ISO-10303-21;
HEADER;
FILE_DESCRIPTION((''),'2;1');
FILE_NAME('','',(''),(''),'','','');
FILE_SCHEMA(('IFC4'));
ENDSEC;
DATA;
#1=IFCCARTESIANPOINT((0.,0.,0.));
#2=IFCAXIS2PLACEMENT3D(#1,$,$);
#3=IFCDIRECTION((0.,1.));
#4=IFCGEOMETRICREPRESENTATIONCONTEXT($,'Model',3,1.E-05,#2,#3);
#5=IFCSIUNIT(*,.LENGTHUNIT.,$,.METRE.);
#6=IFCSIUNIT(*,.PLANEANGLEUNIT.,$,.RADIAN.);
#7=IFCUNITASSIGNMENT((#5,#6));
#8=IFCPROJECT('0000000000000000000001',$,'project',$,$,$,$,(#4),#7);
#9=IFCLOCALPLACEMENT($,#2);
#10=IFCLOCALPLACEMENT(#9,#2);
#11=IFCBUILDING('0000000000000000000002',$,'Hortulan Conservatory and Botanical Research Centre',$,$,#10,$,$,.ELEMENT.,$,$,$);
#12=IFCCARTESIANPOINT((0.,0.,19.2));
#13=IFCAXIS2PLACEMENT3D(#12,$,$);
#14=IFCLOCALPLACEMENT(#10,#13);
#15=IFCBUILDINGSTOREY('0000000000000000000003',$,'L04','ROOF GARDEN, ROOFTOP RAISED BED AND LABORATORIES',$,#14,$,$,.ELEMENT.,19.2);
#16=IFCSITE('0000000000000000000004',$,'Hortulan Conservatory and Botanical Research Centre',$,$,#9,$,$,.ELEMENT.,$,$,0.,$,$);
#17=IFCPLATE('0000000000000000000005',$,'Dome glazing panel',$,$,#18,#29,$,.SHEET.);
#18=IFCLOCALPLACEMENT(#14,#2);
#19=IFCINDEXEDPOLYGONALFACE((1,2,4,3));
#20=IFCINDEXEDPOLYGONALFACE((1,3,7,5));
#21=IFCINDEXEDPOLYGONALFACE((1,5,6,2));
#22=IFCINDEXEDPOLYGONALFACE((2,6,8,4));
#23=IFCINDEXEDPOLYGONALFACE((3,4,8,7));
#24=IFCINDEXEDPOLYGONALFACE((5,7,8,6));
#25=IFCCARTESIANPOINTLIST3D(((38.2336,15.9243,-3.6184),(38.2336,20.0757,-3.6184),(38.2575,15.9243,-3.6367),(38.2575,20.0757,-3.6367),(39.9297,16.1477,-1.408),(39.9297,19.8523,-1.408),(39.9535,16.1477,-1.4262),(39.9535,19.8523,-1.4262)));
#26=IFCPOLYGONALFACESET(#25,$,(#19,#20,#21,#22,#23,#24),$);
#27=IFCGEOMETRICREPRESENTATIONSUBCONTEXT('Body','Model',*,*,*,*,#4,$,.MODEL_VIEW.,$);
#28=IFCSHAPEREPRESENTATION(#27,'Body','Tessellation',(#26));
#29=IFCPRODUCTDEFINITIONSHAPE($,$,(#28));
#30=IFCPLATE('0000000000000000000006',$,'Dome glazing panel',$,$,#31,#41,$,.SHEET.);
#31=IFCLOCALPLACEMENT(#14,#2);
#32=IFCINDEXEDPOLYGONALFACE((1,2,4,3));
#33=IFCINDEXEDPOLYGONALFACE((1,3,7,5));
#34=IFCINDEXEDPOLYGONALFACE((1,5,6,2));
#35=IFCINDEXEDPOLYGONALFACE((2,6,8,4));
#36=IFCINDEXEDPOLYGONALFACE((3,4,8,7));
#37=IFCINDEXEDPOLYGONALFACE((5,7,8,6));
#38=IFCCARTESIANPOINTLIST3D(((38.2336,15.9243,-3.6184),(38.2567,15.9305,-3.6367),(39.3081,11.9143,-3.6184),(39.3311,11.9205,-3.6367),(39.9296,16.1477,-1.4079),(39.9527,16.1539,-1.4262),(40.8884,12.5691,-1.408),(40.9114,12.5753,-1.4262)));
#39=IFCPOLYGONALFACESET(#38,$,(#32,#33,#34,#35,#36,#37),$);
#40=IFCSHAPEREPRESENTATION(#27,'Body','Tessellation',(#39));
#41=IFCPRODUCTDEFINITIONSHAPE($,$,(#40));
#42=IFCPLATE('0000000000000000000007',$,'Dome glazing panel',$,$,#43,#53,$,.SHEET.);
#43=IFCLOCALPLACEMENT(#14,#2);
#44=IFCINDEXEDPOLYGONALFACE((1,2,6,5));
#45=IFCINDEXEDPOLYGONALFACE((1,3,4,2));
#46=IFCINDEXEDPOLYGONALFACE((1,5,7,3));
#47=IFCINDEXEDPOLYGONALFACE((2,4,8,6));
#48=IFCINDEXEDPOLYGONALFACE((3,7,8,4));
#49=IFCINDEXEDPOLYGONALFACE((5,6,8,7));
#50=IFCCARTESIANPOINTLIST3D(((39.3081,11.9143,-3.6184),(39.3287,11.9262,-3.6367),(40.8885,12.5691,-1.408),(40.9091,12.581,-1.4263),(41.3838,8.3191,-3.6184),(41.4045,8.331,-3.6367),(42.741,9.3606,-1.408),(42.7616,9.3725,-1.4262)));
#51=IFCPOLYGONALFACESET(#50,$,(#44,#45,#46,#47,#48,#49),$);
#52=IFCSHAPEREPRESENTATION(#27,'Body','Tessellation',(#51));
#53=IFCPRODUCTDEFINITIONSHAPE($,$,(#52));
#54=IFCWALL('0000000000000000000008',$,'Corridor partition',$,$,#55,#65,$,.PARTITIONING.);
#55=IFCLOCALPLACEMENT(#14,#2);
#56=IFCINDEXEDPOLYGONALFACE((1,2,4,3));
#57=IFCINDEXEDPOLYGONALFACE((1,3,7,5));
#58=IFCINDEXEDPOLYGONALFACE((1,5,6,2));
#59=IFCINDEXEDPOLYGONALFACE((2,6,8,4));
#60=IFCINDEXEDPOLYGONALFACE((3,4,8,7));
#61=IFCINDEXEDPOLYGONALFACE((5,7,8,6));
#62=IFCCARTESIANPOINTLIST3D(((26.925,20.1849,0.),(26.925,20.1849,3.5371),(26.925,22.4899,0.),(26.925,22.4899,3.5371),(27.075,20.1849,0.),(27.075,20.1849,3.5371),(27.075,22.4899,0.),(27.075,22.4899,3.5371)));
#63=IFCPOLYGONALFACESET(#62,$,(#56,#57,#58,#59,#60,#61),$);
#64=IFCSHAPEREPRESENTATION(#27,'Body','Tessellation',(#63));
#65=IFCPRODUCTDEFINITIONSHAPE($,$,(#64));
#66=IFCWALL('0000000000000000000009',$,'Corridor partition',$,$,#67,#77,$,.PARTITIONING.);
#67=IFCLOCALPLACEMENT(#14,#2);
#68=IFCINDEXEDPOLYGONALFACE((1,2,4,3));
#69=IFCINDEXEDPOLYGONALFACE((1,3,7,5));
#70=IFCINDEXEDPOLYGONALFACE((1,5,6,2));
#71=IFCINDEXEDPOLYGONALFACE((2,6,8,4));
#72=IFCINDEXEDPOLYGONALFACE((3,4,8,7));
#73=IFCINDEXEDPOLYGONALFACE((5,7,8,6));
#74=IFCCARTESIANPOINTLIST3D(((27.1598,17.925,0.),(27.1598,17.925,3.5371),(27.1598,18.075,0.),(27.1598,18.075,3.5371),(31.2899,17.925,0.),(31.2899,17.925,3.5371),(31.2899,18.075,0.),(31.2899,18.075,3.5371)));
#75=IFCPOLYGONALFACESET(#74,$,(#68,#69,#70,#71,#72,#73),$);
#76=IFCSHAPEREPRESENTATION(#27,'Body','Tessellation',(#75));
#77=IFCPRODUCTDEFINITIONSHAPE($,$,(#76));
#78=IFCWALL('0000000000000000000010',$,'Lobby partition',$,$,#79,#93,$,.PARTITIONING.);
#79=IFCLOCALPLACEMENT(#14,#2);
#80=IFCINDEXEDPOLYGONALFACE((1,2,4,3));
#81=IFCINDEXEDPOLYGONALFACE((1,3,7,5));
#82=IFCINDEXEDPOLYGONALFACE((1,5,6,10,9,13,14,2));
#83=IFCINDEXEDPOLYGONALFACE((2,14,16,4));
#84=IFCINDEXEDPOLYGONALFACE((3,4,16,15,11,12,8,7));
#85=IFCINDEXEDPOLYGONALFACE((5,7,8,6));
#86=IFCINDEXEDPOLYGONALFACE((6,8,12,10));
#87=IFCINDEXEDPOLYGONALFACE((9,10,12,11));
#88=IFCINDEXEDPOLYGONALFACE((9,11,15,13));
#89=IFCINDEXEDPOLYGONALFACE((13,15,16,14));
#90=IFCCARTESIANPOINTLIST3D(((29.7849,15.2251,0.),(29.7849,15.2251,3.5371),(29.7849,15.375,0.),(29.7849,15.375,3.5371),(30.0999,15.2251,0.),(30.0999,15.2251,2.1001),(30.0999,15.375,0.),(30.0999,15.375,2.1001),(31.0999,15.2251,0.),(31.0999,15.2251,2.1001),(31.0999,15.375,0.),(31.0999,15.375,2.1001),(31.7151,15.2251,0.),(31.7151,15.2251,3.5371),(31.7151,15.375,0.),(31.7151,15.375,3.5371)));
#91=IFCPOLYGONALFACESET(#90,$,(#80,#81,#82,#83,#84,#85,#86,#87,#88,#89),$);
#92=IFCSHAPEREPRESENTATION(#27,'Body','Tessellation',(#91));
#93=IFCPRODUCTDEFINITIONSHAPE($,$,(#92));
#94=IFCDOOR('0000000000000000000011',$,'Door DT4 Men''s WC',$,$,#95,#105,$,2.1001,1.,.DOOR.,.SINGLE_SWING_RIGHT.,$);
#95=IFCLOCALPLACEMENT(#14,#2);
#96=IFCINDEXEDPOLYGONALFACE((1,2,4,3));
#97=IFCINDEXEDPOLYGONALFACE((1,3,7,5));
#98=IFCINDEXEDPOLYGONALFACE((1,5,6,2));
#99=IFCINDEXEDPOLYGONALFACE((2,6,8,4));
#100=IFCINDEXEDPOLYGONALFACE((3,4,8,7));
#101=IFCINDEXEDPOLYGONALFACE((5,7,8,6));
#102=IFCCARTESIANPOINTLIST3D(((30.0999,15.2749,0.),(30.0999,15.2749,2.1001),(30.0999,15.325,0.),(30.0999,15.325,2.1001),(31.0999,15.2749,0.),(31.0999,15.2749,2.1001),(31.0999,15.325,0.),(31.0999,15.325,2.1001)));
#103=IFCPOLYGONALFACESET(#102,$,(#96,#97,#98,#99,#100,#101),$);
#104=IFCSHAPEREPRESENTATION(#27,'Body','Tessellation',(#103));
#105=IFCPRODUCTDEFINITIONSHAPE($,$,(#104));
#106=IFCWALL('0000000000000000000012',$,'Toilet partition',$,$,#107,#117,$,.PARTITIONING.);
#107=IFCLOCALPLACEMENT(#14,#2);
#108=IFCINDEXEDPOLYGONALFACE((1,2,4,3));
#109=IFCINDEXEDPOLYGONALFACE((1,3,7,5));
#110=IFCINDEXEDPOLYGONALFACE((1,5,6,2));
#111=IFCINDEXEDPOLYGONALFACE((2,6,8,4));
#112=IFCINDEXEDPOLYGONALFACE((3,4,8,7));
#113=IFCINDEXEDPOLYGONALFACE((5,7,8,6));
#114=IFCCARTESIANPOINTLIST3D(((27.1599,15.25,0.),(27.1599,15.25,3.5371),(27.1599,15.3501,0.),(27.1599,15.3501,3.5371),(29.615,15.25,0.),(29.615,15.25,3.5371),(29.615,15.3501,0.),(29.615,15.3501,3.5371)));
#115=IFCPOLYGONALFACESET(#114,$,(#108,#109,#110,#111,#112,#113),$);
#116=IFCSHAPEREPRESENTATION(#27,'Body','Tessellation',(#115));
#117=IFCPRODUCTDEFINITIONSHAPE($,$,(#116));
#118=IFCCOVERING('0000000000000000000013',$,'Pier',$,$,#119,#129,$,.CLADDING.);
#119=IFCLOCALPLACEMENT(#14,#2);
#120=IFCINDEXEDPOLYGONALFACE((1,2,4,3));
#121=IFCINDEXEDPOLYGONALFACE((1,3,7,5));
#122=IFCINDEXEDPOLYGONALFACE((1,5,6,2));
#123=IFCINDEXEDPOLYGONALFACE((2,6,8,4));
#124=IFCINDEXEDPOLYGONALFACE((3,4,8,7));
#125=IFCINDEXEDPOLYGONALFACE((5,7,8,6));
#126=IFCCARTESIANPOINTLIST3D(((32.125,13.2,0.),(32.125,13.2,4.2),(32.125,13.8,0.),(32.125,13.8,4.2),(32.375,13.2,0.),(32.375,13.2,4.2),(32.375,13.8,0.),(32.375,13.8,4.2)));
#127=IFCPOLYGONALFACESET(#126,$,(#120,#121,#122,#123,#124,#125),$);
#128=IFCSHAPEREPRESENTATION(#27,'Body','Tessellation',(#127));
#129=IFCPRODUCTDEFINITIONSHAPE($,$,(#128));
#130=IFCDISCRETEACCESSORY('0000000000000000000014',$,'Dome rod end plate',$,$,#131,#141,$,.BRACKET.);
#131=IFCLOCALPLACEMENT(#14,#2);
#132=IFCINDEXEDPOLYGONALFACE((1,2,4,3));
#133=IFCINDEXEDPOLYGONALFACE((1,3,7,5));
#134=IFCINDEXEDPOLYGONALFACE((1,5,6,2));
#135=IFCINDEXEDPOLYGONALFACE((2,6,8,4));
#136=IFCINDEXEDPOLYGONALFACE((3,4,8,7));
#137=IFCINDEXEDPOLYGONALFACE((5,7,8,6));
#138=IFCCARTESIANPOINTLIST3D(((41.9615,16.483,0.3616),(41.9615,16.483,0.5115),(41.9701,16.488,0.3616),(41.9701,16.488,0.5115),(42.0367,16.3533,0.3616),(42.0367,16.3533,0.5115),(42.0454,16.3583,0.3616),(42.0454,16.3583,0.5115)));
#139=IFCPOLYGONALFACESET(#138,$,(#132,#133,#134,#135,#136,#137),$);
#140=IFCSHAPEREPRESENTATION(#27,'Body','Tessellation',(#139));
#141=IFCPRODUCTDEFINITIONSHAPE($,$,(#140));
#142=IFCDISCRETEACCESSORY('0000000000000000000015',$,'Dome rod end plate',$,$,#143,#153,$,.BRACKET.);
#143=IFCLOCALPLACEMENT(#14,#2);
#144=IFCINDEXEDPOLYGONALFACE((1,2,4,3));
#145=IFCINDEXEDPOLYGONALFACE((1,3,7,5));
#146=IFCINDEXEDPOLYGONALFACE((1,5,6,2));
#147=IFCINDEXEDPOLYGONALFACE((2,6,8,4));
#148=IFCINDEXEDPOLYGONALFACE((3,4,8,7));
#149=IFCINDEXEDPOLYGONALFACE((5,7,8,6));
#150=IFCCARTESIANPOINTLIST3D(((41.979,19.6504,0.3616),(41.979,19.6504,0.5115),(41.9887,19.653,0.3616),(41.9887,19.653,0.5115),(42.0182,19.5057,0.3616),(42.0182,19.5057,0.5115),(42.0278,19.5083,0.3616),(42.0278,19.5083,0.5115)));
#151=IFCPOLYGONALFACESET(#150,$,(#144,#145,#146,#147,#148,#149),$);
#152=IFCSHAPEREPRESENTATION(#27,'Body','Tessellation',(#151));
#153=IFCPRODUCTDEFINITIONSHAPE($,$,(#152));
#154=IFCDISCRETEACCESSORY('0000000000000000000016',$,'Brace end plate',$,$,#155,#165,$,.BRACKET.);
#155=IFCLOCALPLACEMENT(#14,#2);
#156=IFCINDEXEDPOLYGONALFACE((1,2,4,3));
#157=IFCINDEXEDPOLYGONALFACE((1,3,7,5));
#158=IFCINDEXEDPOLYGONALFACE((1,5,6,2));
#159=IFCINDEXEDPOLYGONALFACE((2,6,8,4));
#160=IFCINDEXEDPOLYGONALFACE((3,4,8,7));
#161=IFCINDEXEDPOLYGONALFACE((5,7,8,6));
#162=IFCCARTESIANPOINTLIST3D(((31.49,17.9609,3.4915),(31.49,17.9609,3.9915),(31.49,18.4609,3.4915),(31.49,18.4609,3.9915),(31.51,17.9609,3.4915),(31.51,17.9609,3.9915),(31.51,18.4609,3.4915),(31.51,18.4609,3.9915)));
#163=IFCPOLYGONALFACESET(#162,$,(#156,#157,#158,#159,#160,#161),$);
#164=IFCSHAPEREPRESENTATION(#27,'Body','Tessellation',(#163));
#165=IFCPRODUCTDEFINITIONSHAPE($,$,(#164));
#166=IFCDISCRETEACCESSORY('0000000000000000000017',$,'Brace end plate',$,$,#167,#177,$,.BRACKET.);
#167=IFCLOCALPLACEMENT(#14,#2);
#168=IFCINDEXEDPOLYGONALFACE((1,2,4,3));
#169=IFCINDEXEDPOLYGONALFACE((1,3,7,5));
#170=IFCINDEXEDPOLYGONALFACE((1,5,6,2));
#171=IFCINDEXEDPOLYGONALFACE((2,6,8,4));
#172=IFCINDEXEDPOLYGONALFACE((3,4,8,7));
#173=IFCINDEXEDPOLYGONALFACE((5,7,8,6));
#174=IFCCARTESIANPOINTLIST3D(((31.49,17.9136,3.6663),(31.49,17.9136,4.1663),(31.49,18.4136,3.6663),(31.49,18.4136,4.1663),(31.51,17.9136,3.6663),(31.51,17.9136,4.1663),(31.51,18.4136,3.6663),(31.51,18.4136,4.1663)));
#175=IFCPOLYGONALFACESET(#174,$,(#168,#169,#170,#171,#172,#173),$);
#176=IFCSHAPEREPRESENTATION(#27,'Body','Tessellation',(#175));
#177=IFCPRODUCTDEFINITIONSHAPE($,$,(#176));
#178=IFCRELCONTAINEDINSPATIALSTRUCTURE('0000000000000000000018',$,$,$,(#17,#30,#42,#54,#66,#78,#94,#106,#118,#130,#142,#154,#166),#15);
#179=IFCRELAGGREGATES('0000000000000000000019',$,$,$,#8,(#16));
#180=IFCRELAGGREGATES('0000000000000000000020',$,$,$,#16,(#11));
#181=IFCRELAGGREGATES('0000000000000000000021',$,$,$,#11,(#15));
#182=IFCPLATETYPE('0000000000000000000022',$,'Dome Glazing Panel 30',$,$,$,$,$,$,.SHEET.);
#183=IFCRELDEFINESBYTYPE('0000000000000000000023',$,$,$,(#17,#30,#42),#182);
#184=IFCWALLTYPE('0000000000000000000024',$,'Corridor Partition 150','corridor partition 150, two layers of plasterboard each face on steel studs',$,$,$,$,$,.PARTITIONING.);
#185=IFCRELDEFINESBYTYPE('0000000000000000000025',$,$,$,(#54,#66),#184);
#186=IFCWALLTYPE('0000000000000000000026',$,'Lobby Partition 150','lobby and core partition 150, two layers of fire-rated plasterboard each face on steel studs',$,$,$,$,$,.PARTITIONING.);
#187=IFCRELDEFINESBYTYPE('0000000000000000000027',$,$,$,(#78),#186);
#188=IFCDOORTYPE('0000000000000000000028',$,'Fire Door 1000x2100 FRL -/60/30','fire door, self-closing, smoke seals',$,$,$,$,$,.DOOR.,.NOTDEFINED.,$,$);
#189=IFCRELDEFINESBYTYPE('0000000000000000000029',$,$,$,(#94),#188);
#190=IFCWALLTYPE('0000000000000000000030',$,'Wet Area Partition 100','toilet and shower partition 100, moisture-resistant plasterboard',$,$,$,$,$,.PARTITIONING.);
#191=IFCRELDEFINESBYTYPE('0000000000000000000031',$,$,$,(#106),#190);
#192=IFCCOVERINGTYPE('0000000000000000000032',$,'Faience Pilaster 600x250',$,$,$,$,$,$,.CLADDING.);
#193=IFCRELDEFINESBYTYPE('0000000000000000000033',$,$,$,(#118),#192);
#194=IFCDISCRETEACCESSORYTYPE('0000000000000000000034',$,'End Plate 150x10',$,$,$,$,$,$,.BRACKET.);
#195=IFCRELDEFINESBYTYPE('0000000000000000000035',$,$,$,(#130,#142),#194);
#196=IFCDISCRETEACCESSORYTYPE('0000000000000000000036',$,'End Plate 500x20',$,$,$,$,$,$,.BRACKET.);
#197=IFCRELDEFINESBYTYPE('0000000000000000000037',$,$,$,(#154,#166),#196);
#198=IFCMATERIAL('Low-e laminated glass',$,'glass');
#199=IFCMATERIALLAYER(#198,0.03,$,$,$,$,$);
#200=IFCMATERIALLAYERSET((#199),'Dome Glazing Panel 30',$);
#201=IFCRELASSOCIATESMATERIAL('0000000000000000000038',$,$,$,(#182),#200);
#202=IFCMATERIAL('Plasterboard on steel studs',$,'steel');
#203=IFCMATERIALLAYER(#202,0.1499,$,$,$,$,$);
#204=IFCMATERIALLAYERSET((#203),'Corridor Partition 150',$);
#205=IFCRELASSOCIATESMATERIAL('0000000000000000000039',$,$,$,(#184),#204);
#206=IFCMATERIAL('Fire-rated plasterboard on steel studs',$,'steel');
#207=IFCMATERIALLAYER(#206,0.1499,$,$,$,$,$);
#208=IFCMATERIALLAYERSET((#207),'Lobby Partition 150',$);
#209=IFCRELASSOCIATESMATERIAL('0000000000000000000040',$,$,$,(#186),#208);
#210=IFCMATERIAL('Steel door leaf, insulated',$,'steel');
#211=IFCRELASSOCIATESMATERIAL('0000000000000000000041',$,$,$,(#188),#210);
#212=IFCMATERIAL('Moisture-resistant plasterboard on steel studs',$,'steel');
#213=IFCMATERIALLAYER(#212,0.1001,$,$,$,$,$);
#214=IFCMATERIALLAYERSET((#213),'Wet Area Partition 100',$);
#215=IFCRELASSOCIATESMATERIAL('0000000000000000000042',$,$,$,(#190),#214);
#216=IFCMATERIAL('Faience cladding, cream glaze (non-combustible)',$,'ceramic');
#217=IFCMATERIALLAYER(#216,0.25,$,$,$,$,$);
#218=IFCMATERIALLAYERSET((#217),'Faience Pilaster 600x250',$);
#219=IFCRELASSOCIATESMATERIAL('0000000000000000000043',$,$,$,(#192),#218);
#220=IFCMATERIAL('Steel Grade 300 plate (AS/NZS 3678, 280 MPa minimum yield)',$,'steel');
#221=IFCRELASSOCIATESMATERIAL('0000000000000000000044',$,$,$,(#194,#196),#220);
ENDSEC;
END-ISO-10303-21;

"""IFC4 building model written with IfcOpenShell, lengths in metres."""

from ifc_helpers import new_model, si_unit, direction, frame, frame_2d, origin, origin_2d, place, context, subcontext, project, spatial, polyline, rectangle, outline, extrude, material, layer, layer_set, type_object, element, fill, save


model = new_model("IFC4")

# Units and contexts
model_context = context("Model", 3, precision=1e-05, world=origin(), true_north=direction((0.0, 1.0)))
body_context = subcontext(model_context, "Body", "Model", "MODEL_VIEW")
ifc_project = project(units=[si_unit("LENGTHUNIT", "METRE"), si_unit("PLANEANGLEUNIT", "RADIAN")], contexts=[model_context])

# Site, building, storey
site_placement = place(None, origin())
site = spatial("IfcSite", under=ifc_project, at=site_placement, Name="Hortulan Conservatory and Botanical Research Centre", CompositionType="ELEMENT", RefElevation=0.0)
building_placement = place(site_placement, origin())
building = spatial("IfcBuilding", under=site, at=building_placement, Name="Hortulan Conservatory and Botanical Research Centre", CompositionType="ELEMENT")
storey_placement = place(building_placement, frame((0.0, 0.0, 19.2)))
storey = spatial("IfcBuildingStorey", under=building, at=storey_placement, Name="L04", Description="ROOF GARDEN, ROOFTOP RAISED BED AND LABORATORIES", CompositionType="ELEMENT", Elevation=19.2)

# Plates
ifc_material_1 = material(Name="Low-e laminated glass", Category="glass")
ifc_layer_1 = layer(ifc_material_1, 0.03)
ifc_layer_set_1 = layer_set([ifc_layer_1], Name="Dome Glazing Panel 30")
plate_type = type_object("IfcPlateType", Name="Dome Glazing Panel 30", PredefinedType="SHEET", material=ifc_layer_set_1)
plate_1_placement = place(storey_placement, frame((38.2336, 20.0757, -3.6184), z_axis=(-0.793369, 0.0, 0.608741), x_axis=(0.0, -1.0, 0.0)))
element("IfcPlate", 1, at=plate_1_placement, inside=storey, type_object=plate_type, Name="Dome glazing panel", PredefinedType="SHEET", context=body_context, shape_type="SweptSolid", body=[
    extrude(outline(polyline([(0.0, 0.0), (4.1514, 0.0), (3.928, 2.7862), (0.2234, 2.7862), (0.0, 0.0)])), origin(), (0.0, 0.0, -1.0), 0.03),
])
plate_2_placement = place(storey_placement, frame((38.2336, 15.9243, -3.6184), z_axis=(-0.766346, -0.205325, 0.608732), x_axis=(0.258806, -0.965929, 0.000008)))
element("IfcPlate", 2, at=plate_2_placement, inside=storey, type_object=plate_type, Name="Dome glazing panel", PredefinedType="SHEET", context=body_context, shape_type="SweptSolid", body=[
    extrude(outline(polyline([(0.0, 0.0), (4.1515, 0.0), (3.928, 2.7861), (0.2232, 2.7862), (0.0, 0.0)])), origin(), (0.0, 0.0, -1.0), 0.03),
])
plate_3_placement = place(storey_placement, frame((39.3081, 11.9143, -3.6184), z_axis=(-0.687073, -0.396692, 0.608741), x_axis=(0.500005, -0.866023, -0.000007)))
element("IfcPlate", 3, at=plate_3_placement, inside=storey, type_object=plate_type, Name="Dome glazing panel", PredefinedType="SHEET", context=body_context, shape_type="SweptSolid", body=[
    extrude(outline(polyline([(0.0, 0.0), (4.1514, 0.0), (3.928, 2.7862), (0.2231, 2.7861), (0.0, 0.0)])), origin(), (0.0, 0.0, -1.0), 0.03),
])

# Walls
ifc_material_2 = material(Name="Plasterboard on steel studs", Category="steel")
ifc_layer_2 = layer(ifc_material_2, 0.1499)
ifc_layer_set_2 = layer_set([ifc_layer_2], Name="Corridor Partition 150")
wall_type_1 = type_object("IfcWallType", Name="Corridor Partition 150", Description="corridor partition 150, two layers of plasterboard each face on steel studs", PredefinedType="PARTITIONING", material=ifc_layer_set_2)
wall_1_placement = place(storey_placement, frame((27.0, 20.1851, 0.0), z_axis=(0.0, 0.0, 1.0), x_axis=(0.0, 1.0, 0.0)))
element("IfcWall", 4, at=wall_1_placement, inside=storey, type_object=wall_type_1, Name="Corridor partition", PredefinedType="PARTITIONING", context=body_context, shape_type="SweptSolid", body=[
    extrude(rectangle(XDim=2.3049, YDim=0.1499, at=frame_2d((1.1523, 0.0))), origin(), (0.0, 0.0, 1.0), 3.5371),
])
wall_2_placement = place(storey_placement, frame((27.1599, 18.0, 0.0), z_axis=(0.0, 0.0, 1.0), x_axis=(1.0, 0.0, 0.0)))
element("IfcWall", 5, at=wall_2_placement, inside=storey, type_object=wall_type_1, Name="Corridor partition", PredefinedType="PARTITIONING", context=body_context, shape_type="SweptSolid", body=[
    extrude(rectangle(XDim=4.1301, YDim=0.1499, at=frame_2d((2.0649, 0.0))), origin(), (0.0, 0.0, 1.0), 3.5371),
])

# Wall, opening, door
ifc_material_3 = material(Name="Fire-rated plasterboard on steel studs", Category="steel")
ifc_layer_3 = layer(ifc_material_3, 0.1499)
ifc_layer_set_3 = layer_set([ifc_layer_3], Name="Lobby Partition 150")
wall_type_2 = type_object("IfcWallType", Name="Lobby Partition 150", Description="lobby and core partition 150, two layers of fire-rated plasterboard each face on steel studs", PredefinedType="PARTITIONING", material=ifc_layer_set_3)
wall_3_placement = place(storey_placement, frame((29.7849, 15.3, 0.0), z_axis=(0.0, 0.0, 1.0), x_axis=(1.0, 0.0, 0.0)))
wall_3 = element("IfcWall", 6, at=wall_3_placement, inside=storey, type_object=wall_type_2, Name="Lobby partition", PredefinedType="PARTITIONING", context=body_context, shape_type="SweptSolid", body=[
    extrude(rectangle(XDim=1.9302, YDim=0.1499, at=frame_2d((0.9651, 0.0))), origin(), (0.0, 0.0, 1.0), 3.5371),
])
opening_placement = place(wall_3_placement, frame((0.3149, 0.0, 0.0)))
opening = element("IfcOpeningElement", 7, at=opening_placement, cuts=wall_3, PredefinedType="OPENING", context=body_context, shape_type="SweptSolid", body=[
    extrude(rectangle(XDim=1.0, YDim=2.1001, at=frame_2d((0.5, 1.05))), frame((0.0, 0.085, 0.0), z_axis=(0.0, -1.0, 0.0), x_axis=(1.0, 0.0, 0.0)), (0.0, 0.0, 1.0), 0.1699),
])
ifc_material_4 = material(Name="Steel door leaf, insulated", Category="steel")
door_type = type_object("IfcDoorType", Name="Fire Door 1000x2100 FRL -/60/30", Description="fire door, self-closing, smoke seals", OperationType="NOTDEFINED", PredefinedType="DOOR", material=ifc_material_4)
door_placement = place(opening_placement, origin())
door = element("IfcDoor", 8, at=door_placement, inside=storey, type_object=door_type, Name="Door DT4 Men's WC", OperationType="SINGLE_SWING_RIGHT", OverallHeight=2.1001, OverallWidth=1.0, PredefinedType="DOOR", context=body_context, shape_type="SweptSolid", body=[
    extrude(rectangle(XDim=1.0, YDim=2.1001, at=frame_2d((0.5, 1.05))), frame((0.0, 0.0249, 0.0), z_axis=(0.0, -1.0, 0.0), x_axis=(1.0, 0.0, 0.0)), (0.0, 0.0, 1.0), 0.05),
])
fill(opening, door)

# Wall
ifc_material_5 = material(Name="Moisture-resistant plasterboard on steel studs", Category="steel")
ifc_layer_4 = layer(ifc_material_5, 0.1001)
ifc_layer_set_4 = layer_set([ifc_layer_4], Name="Wet Area Partition 100")
wall_type_3 = type_object("IfcWallType", Name="Wet Area Partition 100", Description="toilet and shower partition 100, moisture-resistant plasterboard", PredefinedType="PARTITIONING", material=ifc_layer_set_4)
wall_4_placement = place(storey_placement, frame((27.1599, 15.3, 0.0), z_axis=(0.0, 0.0, 1.0), x_axis=(1.0, 0.0, 0.0)))
element("IfcWall", 9, at=wall_4_placement, inside=storey, type_object=wall_type_3, Name="Toilet partition", PredefinedType="PARTITIONING", context=body_context, shape_type="SweptSolid", body=[
    extrude(rectangle(XDim=2.4551, YDim=0.1001, at=frame_2d((1.2275, 0.0))), origin(), (0.0, 0.0, 1.0), 3.5371),
])

# Covering
ifc_material_6 = material(Name="Faience cladding, cream glaze (non-combustible)", Category="ceramic")
ifc_layer_5 = layer(ifc_material_6, 0.25)
ifc_layer_set_5 = layer_set([ifc_layer_5], Name="Faience Pilaster 600x250")
covering_type = type_object("IfcCoveringType", Name="Faience Pilaster 600x250", PredefinedType="CLADDING", material=ifc_layer_set_5)
covering_placement = place(storey_placement, frame((32.25, 13.5, 0.0), z_axis=(0.0, 0.0, 1.0), x_axis=(0.0, 1.0, 0.0)))
element("IfcCovering", 10, at=covering_placement, inside=storey, type_object=covering_type, Name="Pier", PredefinedType="CLADDING", context=body_context, shape_type="SweptSolid", body=[
    extrude(rectangle(XDim=0.6001, YDim=0.25, at=origin_2d()), origin(), (0.0, 0.0, 1.0), 4.2),
])

# Discrete accessories
ifc_material_7 = material(Name="Steel Grade 300 plate (AS/NZS 3678, 280 MPa minimum yield)", Category="steel")
discrete_accessory_type_1 = type_object("IfcDiscreteAccessoryType", Name="End Plate 150x10", PredefinedType="BRACKET", material=ifc_material_7)
for number, where, z_axis, x_axis, name in (
    (11, (42.0034, 16.4207, 0.3616), (0.0, 0.0, 1.0), (0.502054, -0.864836, 0.0), "Dome rod end plate"),
    (12, (42.0034, 19.5793, 0.3616), (0.0, 0.0, 1.0), (0.261094, -0.965313, 0.0), "Dome rod end plate"),
):
    element("IfcDiscreteAccessory", number, at=place(storey_placement, frame(where, z_axis=z_axis, x_axis=x_axis)), inside=storey, type_object=discrete_accessory_type_1, Name=name, PredefinedType="BRACKET", context=body_context, shape_type="SweptSolid", body=[
        extrude(rectangle(XDim=0.1499, YDim=0.01, at=origin_2d()), origin(), (0.0, 0.0, 1.0), 0.1499),
    ])
discrete_accessory_type_2 = type_object("IfcDiscreteAccessoryType", Name="End Plate 500x20", PredefinedType="BRACKET", material=ifc_material_7)
for number, where, z_axis, x_axis, name in (
    (13, (31.5, 18.2109, 3.4915), (0.0, 0.0, 1.0), (0.0, -1.0, 0.0), "Brace end plate"),
    (14, (31.5, 18.1636, 3.6663), (0.0, 0.0, 1.0), (0.0, -1.0, 0.0), "Brace end plate"),
):
    element("IfcDiscreteAccessory", number, at=place(storey_placement, frame(where, z_axis=z_axis, x_axis=x_axis)), inside=storey, type_object=discrete_accessory_type_2, Name=name, PredefinedType="BRACKET", context=body_context, shape_type="SweptSolid", body=[
        extrude(rectangle(XDim=0.5, YDim=0.02, at=origin_2d()), origin(), (0.0, 0.0, 1.0), 0.5),
    ])

save(model, "model.ifc")
